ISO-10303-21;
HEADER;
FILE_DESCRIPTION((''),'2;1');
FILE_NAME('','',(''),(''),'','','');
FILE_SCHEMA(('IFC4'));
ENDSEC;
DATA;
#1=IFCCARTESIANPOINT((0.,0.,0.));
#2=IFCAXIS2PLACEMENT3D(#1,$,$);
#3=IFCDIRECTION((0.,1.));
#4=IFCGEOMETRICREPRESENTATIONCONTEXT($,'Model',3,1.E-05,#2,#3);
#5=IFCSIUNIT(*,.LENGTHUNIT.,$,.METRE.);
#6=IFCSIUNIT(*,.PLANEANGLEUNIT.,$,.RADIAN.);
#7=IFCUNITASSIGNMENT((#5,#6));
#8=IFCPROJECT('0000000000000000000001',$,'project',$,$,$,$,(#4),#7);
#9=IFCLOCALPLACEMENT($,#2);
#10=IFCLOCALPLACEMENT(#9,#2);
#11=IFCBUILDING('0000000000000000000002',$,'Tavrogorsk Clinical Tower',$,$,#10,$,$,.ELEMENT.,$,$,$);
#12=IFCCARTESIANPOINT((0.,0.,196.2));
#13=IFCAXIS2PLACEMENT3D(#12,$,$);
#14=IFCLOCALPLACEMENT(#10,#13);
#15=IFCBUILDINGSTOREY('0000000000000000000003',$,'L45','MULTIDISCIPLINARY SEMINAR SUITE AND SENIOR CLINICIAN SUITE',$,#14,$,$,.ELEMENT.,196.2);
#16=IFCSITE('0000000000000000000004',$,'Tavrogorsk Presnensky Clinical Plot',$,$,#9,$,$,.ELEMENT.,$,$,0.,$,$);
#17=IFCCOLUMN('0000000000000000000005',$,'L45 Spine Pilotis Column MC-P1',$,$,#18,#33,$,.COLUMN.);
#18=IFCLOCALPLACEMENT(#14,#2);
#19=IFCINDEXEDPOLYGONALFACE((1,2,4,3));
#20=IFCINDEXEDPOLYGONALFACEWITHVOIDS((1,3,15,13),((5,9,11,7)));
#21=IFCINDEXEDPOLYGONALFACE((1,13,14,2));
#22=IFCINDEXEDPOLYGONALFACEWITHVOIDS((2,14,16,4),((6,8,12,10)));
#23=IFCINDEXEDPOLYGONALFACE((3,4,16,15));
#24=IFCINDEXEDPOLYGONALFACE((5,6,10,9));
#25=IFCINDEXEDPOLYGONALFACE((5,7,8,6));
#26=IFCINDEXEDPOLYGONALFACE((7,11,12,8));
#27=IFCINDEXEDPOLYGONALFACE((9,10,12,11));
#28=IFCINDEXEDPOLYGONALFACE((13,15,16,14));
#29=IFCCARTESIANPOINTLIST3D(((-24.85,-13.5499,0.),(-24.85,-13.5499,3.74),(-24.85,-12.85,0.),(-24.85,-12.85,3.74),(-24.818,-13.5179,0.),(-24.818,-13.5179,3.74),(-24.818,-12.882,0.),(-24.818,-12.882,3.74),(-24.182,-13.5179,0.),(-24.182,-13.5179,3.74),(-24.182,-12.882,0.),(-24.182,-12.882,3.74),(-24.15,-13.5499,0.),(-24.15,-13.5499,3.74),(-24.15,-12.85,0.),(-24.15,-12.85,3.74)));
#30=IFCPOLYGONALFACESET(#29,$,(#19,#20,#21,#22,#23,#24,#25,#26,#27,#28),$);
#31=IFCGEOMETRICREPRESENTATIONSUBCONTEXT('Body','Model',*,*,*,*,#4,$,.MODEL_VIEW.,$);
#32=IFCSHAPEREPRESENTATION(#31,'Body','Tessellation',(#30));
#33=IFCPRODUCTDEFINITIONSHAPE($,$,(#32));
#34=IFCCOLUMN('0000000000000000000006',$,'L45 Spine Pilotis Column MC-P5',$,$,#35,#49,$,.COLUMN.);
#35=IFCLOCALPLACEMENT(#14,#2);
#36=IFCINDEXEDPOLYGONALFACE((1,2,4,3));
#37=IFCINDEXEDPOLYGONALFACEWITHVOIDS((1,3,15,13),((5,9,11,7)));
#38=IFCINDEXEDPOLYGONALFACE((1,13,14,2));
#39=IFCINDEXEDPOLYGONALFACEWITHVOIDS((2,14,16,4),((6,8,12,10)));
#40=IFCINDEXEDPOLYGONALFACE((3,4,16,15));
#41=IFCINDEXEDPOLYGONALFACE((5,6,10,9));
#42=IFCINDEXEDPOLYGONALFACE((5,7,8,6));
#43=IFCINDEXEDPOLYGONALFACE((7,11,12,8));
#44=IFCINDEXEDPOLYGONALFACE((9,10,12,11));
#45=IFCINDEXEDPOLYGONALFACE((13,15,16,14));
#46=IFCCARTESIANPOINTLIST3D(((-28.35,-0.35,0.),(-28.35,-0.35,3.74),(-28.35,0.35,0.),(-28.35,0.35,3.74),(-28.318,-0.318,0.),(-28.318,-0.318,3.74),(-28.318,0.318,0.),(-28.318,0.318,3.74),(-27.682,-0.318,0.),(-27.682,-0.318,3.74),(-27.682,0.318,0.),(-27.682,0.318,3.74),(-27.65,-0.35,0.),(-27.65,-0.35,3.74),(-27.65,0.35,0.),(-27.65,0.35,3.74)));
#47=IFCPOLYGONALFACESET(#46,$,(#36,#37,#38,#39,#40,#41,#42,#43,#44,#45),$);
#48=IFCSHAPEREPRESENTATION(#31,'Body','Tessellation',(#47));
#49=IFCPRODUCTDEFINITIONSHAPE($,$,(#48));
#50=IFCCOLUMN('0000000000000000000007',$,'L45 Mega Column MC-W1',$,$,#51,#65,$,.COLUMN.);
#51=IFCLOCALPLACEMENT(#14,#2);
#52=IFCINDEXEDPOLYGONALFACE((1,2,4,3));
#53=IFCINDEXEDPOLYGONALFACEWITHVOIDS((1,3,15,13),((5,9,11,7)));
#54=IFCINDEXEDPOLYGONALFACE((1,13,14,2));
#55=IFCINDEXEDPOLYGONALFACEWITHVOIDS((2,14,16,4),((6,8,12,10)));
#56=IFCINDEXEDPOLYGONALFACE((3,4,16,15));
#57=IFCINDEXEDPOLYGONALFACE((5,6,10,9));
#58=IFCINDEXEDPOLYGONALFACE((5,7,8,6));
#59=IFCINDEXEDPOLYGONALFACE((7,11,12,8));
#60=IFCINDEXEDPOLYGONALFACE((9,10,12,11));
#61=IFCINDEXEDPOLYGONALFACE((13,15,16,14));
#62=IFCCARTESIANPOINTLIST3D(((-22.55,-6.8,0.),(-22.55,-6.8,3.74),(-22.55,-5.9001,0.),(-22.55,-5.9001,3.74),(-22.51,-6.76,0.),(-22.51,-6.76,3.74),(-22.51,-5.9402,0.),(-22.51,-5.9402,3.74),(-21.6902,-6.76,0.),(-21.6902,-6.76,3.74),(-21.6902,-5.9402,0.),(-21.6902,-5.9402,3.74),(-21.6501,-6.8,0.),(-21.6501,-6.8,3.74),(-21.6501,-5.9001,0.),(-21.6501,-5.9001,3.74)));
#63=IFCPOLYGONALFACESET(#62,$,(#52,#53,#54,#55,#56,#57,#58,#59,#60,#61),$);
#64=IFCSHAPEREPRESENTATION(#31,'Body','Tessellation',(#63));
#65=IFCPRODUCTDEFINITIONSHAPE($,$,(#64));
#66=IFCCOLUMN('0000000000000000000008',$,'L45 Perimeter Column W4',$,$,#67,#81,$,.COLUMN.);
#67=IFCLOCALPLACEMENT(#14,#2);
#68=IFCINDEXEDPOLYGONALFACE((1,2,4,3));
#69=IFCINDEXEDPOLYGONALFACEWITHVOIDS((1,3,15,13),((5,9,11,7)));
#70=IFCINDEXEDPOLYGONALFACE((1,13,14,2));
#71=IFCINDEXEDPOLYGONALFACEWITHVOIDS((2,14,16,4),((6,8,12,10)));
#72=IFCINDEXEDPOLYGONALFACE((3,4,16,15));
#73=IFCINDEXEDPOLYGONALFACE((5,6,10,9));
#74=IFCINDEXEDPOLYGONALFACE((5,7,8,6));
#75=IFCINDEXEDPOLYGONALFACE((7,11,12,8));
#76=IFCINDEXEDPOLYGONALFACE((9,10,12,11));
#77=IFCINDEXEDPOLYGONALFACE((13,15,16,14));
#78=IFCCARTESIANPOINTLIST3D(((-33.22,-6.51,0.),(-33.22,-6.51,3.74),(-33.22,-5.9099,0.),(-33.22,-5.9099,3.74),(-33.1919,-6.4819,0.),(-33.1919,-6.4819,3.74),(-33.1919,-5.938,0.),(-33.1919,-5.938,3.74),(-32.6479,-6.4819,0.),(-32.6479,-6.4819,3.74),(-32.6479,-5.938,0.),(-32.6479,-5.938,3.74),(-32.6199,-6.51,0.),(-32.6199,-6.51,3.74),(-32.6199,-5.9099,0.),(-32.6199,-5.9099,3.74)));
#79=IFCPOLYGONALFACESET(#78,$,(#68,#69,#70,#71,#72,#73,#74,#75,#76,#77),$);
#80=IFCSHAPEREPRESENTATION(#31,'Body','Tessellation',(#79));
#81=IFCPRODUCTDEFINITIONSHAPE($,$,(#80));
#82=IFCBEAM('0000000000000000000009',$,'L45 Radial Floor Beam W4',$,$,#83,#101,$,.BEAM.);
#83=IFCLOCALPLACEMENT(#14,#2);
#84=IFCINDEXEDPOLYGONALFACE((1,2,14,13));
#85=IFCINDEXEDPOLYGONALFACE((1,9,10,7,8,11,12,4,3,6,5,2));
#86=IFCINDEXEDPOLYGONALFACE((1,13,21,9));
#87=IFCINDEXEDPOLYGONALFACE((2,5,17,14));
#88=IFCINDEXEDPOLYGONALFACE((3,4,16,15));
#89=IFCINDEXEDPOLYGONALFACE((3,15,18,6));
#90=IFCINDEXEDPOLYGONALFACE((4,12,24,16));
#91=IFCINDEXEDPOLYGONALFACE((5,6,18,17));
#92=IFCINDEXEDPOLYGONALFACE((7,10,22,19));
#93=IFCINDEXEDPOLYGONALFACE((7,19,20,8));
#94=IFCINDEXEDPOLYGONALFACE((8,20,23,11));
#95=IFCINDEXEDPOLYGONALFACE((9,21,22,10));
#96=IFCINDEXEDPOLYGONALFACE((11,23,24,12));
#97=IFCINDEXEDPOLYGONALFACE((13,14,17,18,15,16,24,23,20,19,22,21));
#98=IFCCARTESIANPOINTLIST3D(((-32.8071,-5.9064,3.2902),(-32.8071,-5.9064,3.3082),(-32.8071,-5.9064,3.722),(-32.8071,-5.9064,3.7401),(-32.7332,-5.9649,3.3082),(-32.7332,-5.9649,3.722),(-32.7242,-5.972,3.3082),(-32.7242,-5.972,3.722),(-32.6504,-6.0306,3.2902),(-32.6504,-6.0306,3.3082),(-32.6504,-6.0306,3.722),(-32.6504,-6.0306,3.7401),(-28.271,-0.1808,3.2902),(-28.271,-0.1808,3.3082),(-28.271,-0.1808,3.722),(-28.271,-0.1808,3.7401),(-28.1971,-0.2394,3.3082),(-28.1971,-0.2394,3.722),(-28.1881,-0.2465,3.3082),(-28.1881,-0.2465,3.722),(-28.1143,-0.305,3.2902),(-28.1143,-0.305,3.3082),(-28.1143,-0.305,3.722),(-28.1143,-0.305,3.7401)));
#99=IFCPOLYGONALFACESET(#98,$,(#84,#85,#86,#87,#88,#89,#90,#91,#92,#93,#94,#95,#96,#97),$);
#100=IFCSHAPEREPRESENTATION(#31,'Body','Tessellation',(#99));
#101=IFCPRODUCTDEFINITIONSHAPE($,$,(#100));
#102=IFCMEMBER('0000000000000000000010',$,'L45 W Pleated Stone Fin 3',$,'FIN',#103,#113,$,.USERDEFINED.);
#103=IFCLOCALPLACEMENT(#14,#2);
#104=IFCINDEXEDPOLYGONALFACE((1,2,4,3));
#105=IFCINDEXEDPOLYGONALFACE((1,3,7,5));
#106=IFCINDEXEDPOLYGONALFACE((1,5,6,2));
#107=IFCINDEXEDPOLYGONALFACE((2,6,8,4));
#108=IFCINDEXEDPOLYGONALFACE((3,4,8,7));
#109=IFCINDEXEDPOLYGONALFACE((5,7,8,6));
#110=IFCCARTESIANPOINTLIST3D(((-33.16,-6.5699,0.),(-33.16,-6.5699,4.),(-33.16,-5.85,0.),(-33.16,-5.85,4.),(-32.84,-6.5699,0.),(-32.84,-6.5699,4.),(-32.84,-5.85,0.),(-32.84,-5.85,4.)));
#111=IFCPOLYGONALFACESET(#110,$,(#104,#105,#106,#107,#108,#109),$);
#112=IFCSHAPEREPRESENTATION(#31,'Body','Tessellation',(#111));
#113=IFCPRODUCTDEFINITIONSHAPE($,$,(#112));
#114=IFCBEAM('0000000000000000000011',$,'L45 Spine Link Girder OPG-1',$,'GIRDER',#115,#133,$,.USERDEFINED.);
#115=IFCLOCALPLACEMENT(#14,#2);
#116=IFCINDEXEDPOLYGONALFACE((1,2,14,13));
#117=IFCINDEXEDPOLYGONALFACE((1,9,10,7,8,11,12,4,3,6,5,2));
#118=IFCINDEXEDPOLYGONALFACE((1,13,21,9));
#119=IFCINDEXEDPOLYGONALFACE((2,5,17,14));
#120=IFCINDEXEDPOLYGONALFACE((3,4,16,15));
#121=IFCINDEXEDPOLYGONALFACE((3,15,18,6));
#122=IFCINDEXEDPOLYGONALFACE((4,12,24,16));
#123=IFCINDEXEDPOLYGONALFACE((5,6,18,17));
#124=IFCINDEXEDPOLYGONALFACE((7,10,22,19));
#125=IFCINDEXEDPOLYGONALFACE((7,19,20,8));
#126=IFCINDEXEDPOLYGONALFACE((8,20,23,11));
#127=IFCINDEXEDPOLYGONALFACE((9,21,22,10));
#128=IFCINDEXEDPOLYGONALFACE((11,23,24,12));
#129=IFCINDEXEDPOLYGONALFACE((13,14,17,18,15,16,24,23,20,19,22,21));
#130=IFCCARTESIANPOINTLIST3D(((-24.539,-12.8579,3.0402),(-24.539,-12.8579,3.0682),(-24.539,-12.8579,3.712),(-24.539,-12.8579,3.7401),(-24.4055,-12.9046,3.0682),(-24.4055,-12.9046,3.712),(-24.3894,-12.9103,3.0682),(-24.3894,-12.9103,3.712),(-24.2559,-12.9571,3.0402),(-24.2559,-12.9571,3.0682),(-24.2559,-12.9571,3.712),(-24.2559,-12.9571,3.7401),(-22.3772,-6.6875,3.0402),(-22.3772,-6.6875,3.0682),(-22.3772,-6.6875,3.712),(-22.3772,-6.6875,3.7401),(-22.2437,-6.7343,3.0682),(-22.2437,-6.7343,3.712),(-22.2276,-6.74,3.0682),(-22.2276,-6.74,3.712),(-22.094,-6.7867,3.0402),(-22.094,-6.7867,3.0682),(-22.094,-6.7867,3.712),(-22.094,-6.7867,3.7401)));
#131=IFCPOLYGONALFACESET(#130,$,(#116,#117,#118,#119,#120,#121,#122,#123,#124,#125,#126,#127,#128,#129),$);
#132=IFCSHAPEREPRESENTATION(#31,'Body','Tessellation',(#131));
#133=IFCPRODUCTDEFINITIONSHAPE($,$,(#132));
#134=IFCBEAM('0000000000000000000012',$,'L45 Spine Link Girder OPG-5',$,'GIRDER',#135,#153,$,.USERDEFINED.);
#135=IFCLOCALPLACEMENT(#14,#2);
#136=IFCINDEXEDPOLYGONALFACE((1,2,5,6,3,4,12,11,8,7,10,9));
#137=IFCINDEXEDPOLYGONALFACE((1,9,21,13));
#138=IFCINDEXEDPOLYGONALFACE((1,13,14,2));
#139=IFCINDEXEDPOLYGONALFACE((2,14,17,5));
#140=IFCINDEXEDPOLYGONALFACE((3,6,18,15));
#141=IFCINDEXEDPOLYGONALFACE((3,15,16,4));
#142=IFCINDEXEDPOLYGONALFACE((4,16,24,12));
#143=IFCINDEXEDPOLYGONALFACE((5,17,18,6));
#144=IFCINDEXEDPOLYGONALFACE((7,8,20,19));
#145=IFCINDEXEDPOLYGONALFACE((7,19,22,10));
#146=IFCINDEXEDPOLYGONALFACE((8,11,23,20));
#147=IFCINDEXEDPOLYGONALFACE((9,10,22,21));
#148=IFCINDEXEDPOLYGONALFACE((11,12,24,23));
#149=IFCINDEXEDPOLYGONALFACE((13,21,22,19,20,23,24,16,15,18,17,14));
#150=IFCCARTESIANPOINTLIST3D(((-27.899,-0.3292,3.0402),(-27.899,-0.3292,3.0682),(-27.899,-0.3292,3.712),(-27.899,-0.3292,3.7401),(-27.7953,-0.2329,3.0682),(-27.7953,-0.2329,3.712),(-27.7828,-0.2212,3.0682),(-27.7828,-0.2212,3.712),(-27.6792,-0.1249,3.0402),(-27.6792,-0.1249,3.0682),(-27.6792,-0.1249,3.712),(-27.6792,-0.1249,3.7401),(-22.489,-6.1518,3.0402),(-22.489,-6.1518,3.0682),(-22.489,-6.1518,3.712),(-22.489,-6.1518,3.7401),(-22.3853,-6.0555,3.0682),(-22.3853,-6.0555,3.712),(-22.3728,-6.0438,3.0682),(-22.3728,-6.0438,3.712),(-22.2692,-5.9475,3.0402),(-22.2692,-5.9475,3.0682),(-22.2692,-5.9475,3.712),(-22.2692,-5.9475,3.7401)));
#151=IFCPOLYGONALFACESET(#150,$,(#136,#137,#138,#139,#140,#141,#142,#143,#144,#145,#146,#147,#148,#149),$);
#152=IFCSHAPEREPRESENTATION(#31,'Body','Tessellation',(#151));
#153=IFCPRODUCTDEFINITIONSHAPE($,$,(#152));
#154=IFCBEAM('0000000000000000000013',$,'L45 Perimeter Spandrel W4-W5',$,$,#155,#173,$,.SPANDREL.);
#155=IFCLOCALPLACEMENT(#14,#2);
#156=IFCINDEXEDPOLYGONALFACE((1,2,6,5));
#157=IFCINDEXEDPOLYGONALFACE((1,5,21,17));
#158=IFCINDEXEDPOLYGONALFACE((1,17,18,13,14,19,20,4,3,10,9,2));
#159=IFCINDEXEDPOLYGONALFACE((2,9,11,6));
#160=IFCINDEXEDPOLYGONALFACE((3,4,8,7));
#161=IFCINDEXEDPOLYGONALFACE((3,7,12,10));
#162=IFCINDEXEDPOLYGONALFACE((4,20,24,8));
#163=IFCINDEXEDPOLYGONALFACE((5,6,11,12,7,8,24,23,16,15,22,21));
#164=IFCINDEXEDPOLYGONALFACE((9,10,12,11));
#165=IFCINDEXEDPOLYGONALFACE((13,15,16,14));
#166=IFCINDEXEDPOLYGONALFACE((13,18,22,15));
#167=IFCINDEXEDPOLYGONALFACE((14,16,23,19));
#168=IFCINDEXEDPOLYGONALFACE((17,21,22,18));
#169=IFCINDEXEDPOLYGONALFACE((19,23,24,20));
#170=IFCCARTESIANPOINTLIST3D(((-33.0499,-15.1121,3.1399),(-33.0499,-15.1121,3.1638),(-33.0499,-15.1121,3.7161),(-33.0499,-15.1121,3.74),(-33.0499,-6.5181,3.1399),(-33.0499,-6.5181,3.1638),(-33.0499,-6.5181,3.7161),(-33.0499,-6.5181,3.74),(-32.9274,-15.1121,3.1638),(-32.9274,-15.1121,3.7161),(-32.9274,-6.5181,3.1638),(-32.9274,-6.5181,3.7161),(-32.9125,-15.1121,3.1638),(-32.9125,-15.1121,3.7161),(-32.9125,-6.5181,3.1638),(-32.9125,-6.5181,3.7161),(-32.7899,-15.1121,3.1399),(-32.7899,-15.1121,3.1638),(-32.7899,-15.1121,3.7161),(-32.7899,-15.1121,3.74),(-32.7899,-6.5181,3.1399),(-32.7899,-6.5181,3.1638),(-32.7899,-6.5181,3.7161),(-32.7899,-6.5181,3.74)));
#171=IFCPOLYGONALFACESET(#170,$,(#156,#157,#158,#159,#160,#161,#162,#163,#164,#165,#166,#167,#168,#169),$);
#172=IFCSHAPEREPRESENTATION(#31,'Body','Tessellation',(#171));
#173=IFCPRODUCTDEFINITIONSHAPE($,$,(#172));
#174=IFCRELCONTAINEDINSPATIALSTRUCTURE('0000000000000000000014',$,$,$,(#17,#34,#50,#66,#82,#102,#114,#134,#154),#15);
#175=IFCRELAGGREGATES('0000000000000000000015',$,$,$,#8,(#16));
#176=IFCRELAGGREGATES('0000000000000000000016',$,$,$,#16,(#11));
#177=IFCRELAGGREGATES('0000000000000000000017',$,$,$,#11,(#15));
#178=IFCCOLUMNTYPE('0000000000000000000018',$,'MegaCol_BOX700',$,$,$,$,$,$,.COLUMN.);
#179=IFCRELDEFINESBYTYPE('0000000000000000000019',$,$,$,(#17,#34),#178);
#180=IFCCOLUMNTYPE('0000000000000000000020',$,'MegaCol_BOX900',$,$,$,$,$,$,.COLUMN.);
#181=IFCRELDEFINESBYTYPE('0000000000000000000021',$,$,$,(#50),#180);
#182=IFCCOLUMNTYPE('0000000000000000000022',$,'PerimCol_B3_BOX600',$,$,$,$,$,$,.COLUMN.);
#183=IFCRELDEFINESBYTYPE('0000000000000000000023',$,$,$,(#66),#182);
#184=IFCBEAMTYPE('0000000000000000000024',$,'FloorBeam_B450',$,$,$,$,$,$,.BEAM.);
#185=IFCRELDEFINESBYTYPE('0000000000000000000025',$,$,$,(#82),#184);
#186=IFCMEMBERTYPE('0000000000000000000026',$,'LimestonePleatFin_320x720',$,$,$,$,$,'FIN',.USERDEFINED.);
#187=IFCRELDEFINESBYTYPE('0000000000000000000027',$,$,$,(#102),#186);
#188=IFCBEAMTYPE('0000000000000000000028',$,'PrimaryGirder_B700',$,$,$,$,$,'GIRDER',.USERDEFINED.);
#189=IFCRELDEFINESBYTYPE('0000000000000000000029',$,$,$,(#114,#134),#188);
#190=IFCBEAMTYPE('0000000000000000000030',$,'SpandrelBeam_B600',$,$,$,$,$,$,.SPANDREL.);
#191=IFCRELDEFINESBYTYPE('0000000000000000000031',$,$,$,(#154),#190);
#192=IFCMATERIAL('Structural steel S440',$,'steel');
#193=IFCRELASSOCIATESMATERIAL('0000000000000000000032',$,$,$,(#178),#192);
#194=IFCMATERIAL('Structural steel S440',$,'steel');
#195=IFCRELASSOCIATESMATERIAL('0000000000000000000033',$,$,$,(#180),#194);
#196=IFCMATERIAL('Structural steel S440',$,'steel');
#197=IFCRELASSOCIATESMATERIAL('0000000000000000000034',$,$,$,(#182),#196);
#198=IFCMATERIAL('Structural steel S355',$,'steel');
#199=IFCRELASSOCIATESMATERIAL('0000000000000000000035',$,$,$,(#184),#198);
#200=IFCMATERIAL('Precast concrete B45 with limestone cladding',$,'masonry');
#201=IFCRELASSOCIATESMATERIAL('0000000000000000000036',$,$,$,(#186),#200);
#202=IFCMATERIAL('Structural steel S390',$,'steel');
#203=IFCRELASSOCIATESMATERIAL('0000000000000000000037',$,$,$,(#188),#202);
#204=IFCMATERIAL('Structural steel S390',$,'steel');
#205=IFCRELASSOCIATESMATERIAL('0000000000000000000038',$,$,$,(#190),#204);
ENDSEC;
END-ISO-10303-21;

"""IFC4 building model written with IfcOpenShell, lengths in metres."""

from ifc_helpers import new_model, si_unit, direction, frame, origin, origin_2d, place, context, subcontext, project, spatial, rectangle, hollow_rectangle, i_section, extrude, material, material_profile, profile_set, type_object, element, save


model = new_model("IFC4")

# Units and contexts
model_context = context("Model", 3, precision=1e-05, world=origin(), true_north=direction((0.0, 1.0)))
body_context = subcontext(model_context, "Body", "Model", "MODEL_VIEW")
ifc_project = project(units=[si_unit("LENGTHUNIT", "METRE"), si_unit("PLANEANGLEUNIT", "RADIAN")], contexts=[model_context])

# Site, building, storey
site_placement = place(None, origin())
site = spatial("IfcSite", under=ifc_project, at=site_placement, Name="Tavrogorsk Presnensky Clinical Plot", CompositionType="ELEMENT", RefElevation=0.0)
building_placement = place(site_placement, origin())
building = spatial("IfcBuilding", under=site, at=building_placement, Name="Tavrogorsk Clinical Tower", CompositionType="ELEMENT")
storey_placement = place(building_placement, frame((0.0, 0.0, 196.2)))
storey = spatial("IfcBuildingStorey", under=building, at=storey_placement, Name="L45", Description="MULTIDISCIPLINARY SEMINAR SUITE AND SENIOR CLINICIAN SUITE", CompositionType="ELEMENT", Elevation=196.2)

# Columns
ifc_material_1 = material(Name="Structural steel S440", Category="steel")
ifc_material_profile_1 = material_profile(ifc_material_1, hollow_rectangle(XDim=0.7, YDim=0.7, WallThickness=0.032, at=origin_2d()), Name="BOX-700x700x32")
ifc_profile_set_1 = profile_set([ifc_material_profile_1], Name="Structural steel S440")
column_type_1 = type_object("IfcColumnType", Name="MegaCol_BOX700", PredefinedType="COLUMN", material=ifc_profile_set_1)
for number, where, z_axis, x_axis, name in (
    (1, (-24.5, -13.2, 0.0), (0.0, 0.0, 1.0), (1.0, 0.0, 0.0), "L45 Spine Pilotis Column MC-P1"),
    (2, (-28.0, 0.0, 0.0), (0.0, 0.0, 1.0), (1.0, 0.0, 0.0), "L45 Spine Pilotis Column MC-P5"),
):
    element("IfcColumn", number, at=place(storey_placement, frame(where, z_axis=z_axis, x_axis=x_axis)), inside=storey, type_object=column_type_1, Name=name, PredefinedType="COLUMN", context=body_context, shape_type="SweptSolid", body=[
        extrude(hollow_rectangle(XDim=0.7, YDim=0.7, WallThickness=0.032, at=origin_2d()), origin(), (0.0, 0.0, 1.0), 3.74),
    ])
ifc_material_2 = material(Name="Structural steel S440", Category="steel")
ifc_material_profile_2 = material_profile(ifc_material_2, hollow_rectangle(XDim=0.8999, YDim=0.8999, WallThickness=0.04, at=origin_2d()), Name="BOX-900x900x40")
ifc_profile_set_2 = profile_set([ifc_material_profile_2], Name="Structural steel S440")
column_type_2 = type_object("IfcColumnType", Name="MegaCol_BOX900", PredefinedType="COLUMN", material=ifc_profile_set_2)
column_1_placement = place(storey_placement, frame((-22.1001, -6.3501, 0.0), z_axis=(0.0, 0.0, 1.0), x_axis=(1.0, 0.0, 0.0)))
element("IfcColumn", 3, at=column_1_placement, inside=storey, type_object=column_type_2, Name="L45 Mega Column MC-W1", PredefinedType="COLUMN", context=body_context, shape_type="SweptSolid", body=[
    extrude(hollow_rectangle(XDim=0.8999, YDim=0.8999, WallThickness=0.04, at=origin_2d()), origin(), (0.0, 0.0, 1.0), 3.74),
])
ifc_material_3 = material(Name="Structural steel S440", Category="steel")
ifc_material_profile_3 = material_profile(ifc_material_3, hollow_rectangle(XDim=0.6001, YDim=0.6001, WallThickness=0.0281, at=origin_2d()), Name="BOX-600x600x28")
ifc_profile_set_3 = profile_set([ifc_material_profile_3], Name="Structural steel S440")
column_type_3 = type_object("IfcColumnType", Name="PerimCol_B3_BOX600", PredefinedType="COLUMN", material=ifc_profile_set_3)
column_2_placement = place(storey_placement, frame((-32.9199, -6.21, 0.0), z_axis=(0.0, 0.0, 1.0), x_axis=(1.0, 0.0, 0.0)))
element("IfcColumn", 4, at=column_2_placement, inside=storey, type_object=column_type_3, Name="L45 Perimeter Column W4", PredefinedType="COLUMN", context=body_context, shape_type="SweptSolid", body=[
    extrude(hollow_rectangle(XDim=0.6001, YDim=0.6001, WallThickness=0.0281, at=origin_2d()), origin(), (0.0, 0.0, 1.0), 3.74),
])

# Beam
ifc_material_4 = material(Name="Structural steel S355", Category="steel")
ifc_material_profile_4 = material_profile(ifc_material_4, i_section(OverallWidth=0.2, OverallDepth=0.45, WebThickness=0.0115, FlangeThickness=0.0181, at=origin_2d()), Name="B-450x200x11.5x18")
ifc_profile_set_4 = profile_set([ifc_material_profile_4], Name="Structural steel S355")
beam_type_1 = type_object("IfcBeamType", Name="FloorBeam_B450", PredefinedType="BEAM", material=ifc_profile_set_4)
beam_1_placement = place(storey_placement, frame((-28.1926, -0.2429, 3.5151), z_axis=(-0.620987, -0.783821, 0.0), x_axis=(0.783821, -0.620987, 0.0)))
element("IfcBeam", 5, at=beam_1_placement, inside=storey, type_object=beam_type_1, Name="L45 Radial Floor Beam W4", PredefinedType="BEAM", context=body_context, shape_type="SweptSolid", body=[
    extrude(i_section(OverallWidth=0.2, OverallDepth=0.45, WebThickness=0.0115, FlangeThickness=0.0181, at=origin_2d()), origin(), (0.0, 0.0, 1.0), 7.3047),
])

# Member
ifc_material_5 = material(Name="Precast concrete B45 with limestone cladding", Category="masonry")
ifc_material_profile_5 = material_profile(ifc_material_5, rectangle(XDim=0.3201, YDim=0.72, at=origin_2d()), Name="LIMESTONE-FIN-320x720")
ifc_profile_set_5 = profile_set([ifc_material_profile_5], Name="Precast concrete B45 with limestone cladding")
member_type = type_object("IfcMemberType", Name="LimestonePleatFin_320x720", ElementType="FIN", PredefinedType="USERDEFINED", material=ifc_profile_set_5)
member_placement = place(storey_placement, frame((-33.0, -6.21, 0.0), z_axis=(0.0, 0.0, 1.0), x_axis=(1.0, 0.0, 0.0)))
element("IfcMember", 6, at=member_placement, inside=storey, type_object=member_type, Name="L45 W Pleated Stone Fin 3", ObjectType="FIN", PredefinedType="USERDEFINED", context=body_context, shape_type="SweptSolid", body=[
    extrude(rectangle(XDim=0.3201, YDim=0.72, at=origin_2d()), origin(), (0.0, 0.0, 1.0), 4.0),
])

# Beams
ifc_material_6 = material(Name="Structural steel S390", Category="steel")
ifc_material_profile_6 = material_profile(ifc_material_6, i_section(OverallWidth=0.3, OverallDepth=0.7, WebThickness=0.0171, FlangeThickness=0.0281, at=origin_2d()), Name="B-700x300x17x28")
ifc_profile_set_6 = profile_set([ifc_material_profile_6], Name="Structural steel S390")
beam_type_2 = type_object("IfcBeamType", Name="PrimaryGirder_B700", ElementType="GIRDER", PredefinedType="USERDEFINED", material=ifc_profile_set_6)
beam_2_placement = place(storey_placement, frame((-24.3975, -12.9075, 3.3901), z_axis=(0.330653, 0.943752, 0.0), x_axis=(-0.943752, 0.330653, 0.0)))
element("IfcBeam", 7, at=beam_2_placement, inside=storey, type_object=beam_type_2, Name="L45 Spine Link Girder OPG-1", ObjectType="GIRDER", PredefinedType="USERDEFINED", context=body_context, shape_type="SweptSolid", body=[
    extrude(i_section(OverallWidth=0.3, OverallDepth=0.7, WebThickness=0.0171, FlangeThickness=0.0281, at=origin_2d()), origin(), (0.0, 0.0, 1.0), 6.5381),
])
beam_3_placement = place(storey_placement, frame((-27.7891, -0.2271, 3.3901), z_axis=(0.680674, -0.732587, 0.0), x_axis=(0.732587, 0.680674, 0.0)))
element("IfcBeam", 8, at=beam_3_placement, inside=storey, type_object=beam_type_2, Name="L45 Spine Link Girder OPG-5", ObjectType="GIRDER", PredefinedType="USERDEFINED", context=body_context, shape_type="SweptSolid", body=[
    extrude(i_section(OverallWidth=0.3, OverallDepth=0.7, WebThickness=0.0171, FlangeThickness=0.0281, at=origin_2d()), origin(), (0.0, 0.0, 1.0), 7.948),
])
ifc_material_7 = material(Name="Structural steel S390", Category="steel")
ifc_material_profile_7 = material_profile(ifc_material_7, i_section(OverallWidth=0.26, OverallDepth=0.6001, WebThickness=0.0149, FlangeThickness=0.0239, at=origin_2d()), Name="B-600x260x15x24")
ifc_profile_set_7 = profile_set([ifc_material_profile_7], Name="Structural steel S390")
beam_type_3 = type_object("IfcBeamType", Name="SpandrelBeam_B600", PredefinedType="SPANDREL", material=ifc_profile_set_7)
beam_4_placement = place(storey_placement, frame((-32.9199, -6.5181, 3.4399), z_axis=(0.0, -1.0, 0.0), x_axis=(1.0, 0.0, 0.0)))
element("IfcBeam", 9, at=beam_4_placement, inside=storey, type_object=beam_type_3, Name="L45 Perimeter Spandrel W4-W5", PredefinedType="SPANDREL", context=body_context, shape_type="SweptSolid", body=[
    extrude(i_section(OverallWidth=0.26, OverallDepth=0.6001, WebThickness=0.0149, FlangeThickness=0.0239, at=origin_2d()), origin(), (0.0, 0.0, 1.0), 8.594),
])

save(model, "model.ifc")
